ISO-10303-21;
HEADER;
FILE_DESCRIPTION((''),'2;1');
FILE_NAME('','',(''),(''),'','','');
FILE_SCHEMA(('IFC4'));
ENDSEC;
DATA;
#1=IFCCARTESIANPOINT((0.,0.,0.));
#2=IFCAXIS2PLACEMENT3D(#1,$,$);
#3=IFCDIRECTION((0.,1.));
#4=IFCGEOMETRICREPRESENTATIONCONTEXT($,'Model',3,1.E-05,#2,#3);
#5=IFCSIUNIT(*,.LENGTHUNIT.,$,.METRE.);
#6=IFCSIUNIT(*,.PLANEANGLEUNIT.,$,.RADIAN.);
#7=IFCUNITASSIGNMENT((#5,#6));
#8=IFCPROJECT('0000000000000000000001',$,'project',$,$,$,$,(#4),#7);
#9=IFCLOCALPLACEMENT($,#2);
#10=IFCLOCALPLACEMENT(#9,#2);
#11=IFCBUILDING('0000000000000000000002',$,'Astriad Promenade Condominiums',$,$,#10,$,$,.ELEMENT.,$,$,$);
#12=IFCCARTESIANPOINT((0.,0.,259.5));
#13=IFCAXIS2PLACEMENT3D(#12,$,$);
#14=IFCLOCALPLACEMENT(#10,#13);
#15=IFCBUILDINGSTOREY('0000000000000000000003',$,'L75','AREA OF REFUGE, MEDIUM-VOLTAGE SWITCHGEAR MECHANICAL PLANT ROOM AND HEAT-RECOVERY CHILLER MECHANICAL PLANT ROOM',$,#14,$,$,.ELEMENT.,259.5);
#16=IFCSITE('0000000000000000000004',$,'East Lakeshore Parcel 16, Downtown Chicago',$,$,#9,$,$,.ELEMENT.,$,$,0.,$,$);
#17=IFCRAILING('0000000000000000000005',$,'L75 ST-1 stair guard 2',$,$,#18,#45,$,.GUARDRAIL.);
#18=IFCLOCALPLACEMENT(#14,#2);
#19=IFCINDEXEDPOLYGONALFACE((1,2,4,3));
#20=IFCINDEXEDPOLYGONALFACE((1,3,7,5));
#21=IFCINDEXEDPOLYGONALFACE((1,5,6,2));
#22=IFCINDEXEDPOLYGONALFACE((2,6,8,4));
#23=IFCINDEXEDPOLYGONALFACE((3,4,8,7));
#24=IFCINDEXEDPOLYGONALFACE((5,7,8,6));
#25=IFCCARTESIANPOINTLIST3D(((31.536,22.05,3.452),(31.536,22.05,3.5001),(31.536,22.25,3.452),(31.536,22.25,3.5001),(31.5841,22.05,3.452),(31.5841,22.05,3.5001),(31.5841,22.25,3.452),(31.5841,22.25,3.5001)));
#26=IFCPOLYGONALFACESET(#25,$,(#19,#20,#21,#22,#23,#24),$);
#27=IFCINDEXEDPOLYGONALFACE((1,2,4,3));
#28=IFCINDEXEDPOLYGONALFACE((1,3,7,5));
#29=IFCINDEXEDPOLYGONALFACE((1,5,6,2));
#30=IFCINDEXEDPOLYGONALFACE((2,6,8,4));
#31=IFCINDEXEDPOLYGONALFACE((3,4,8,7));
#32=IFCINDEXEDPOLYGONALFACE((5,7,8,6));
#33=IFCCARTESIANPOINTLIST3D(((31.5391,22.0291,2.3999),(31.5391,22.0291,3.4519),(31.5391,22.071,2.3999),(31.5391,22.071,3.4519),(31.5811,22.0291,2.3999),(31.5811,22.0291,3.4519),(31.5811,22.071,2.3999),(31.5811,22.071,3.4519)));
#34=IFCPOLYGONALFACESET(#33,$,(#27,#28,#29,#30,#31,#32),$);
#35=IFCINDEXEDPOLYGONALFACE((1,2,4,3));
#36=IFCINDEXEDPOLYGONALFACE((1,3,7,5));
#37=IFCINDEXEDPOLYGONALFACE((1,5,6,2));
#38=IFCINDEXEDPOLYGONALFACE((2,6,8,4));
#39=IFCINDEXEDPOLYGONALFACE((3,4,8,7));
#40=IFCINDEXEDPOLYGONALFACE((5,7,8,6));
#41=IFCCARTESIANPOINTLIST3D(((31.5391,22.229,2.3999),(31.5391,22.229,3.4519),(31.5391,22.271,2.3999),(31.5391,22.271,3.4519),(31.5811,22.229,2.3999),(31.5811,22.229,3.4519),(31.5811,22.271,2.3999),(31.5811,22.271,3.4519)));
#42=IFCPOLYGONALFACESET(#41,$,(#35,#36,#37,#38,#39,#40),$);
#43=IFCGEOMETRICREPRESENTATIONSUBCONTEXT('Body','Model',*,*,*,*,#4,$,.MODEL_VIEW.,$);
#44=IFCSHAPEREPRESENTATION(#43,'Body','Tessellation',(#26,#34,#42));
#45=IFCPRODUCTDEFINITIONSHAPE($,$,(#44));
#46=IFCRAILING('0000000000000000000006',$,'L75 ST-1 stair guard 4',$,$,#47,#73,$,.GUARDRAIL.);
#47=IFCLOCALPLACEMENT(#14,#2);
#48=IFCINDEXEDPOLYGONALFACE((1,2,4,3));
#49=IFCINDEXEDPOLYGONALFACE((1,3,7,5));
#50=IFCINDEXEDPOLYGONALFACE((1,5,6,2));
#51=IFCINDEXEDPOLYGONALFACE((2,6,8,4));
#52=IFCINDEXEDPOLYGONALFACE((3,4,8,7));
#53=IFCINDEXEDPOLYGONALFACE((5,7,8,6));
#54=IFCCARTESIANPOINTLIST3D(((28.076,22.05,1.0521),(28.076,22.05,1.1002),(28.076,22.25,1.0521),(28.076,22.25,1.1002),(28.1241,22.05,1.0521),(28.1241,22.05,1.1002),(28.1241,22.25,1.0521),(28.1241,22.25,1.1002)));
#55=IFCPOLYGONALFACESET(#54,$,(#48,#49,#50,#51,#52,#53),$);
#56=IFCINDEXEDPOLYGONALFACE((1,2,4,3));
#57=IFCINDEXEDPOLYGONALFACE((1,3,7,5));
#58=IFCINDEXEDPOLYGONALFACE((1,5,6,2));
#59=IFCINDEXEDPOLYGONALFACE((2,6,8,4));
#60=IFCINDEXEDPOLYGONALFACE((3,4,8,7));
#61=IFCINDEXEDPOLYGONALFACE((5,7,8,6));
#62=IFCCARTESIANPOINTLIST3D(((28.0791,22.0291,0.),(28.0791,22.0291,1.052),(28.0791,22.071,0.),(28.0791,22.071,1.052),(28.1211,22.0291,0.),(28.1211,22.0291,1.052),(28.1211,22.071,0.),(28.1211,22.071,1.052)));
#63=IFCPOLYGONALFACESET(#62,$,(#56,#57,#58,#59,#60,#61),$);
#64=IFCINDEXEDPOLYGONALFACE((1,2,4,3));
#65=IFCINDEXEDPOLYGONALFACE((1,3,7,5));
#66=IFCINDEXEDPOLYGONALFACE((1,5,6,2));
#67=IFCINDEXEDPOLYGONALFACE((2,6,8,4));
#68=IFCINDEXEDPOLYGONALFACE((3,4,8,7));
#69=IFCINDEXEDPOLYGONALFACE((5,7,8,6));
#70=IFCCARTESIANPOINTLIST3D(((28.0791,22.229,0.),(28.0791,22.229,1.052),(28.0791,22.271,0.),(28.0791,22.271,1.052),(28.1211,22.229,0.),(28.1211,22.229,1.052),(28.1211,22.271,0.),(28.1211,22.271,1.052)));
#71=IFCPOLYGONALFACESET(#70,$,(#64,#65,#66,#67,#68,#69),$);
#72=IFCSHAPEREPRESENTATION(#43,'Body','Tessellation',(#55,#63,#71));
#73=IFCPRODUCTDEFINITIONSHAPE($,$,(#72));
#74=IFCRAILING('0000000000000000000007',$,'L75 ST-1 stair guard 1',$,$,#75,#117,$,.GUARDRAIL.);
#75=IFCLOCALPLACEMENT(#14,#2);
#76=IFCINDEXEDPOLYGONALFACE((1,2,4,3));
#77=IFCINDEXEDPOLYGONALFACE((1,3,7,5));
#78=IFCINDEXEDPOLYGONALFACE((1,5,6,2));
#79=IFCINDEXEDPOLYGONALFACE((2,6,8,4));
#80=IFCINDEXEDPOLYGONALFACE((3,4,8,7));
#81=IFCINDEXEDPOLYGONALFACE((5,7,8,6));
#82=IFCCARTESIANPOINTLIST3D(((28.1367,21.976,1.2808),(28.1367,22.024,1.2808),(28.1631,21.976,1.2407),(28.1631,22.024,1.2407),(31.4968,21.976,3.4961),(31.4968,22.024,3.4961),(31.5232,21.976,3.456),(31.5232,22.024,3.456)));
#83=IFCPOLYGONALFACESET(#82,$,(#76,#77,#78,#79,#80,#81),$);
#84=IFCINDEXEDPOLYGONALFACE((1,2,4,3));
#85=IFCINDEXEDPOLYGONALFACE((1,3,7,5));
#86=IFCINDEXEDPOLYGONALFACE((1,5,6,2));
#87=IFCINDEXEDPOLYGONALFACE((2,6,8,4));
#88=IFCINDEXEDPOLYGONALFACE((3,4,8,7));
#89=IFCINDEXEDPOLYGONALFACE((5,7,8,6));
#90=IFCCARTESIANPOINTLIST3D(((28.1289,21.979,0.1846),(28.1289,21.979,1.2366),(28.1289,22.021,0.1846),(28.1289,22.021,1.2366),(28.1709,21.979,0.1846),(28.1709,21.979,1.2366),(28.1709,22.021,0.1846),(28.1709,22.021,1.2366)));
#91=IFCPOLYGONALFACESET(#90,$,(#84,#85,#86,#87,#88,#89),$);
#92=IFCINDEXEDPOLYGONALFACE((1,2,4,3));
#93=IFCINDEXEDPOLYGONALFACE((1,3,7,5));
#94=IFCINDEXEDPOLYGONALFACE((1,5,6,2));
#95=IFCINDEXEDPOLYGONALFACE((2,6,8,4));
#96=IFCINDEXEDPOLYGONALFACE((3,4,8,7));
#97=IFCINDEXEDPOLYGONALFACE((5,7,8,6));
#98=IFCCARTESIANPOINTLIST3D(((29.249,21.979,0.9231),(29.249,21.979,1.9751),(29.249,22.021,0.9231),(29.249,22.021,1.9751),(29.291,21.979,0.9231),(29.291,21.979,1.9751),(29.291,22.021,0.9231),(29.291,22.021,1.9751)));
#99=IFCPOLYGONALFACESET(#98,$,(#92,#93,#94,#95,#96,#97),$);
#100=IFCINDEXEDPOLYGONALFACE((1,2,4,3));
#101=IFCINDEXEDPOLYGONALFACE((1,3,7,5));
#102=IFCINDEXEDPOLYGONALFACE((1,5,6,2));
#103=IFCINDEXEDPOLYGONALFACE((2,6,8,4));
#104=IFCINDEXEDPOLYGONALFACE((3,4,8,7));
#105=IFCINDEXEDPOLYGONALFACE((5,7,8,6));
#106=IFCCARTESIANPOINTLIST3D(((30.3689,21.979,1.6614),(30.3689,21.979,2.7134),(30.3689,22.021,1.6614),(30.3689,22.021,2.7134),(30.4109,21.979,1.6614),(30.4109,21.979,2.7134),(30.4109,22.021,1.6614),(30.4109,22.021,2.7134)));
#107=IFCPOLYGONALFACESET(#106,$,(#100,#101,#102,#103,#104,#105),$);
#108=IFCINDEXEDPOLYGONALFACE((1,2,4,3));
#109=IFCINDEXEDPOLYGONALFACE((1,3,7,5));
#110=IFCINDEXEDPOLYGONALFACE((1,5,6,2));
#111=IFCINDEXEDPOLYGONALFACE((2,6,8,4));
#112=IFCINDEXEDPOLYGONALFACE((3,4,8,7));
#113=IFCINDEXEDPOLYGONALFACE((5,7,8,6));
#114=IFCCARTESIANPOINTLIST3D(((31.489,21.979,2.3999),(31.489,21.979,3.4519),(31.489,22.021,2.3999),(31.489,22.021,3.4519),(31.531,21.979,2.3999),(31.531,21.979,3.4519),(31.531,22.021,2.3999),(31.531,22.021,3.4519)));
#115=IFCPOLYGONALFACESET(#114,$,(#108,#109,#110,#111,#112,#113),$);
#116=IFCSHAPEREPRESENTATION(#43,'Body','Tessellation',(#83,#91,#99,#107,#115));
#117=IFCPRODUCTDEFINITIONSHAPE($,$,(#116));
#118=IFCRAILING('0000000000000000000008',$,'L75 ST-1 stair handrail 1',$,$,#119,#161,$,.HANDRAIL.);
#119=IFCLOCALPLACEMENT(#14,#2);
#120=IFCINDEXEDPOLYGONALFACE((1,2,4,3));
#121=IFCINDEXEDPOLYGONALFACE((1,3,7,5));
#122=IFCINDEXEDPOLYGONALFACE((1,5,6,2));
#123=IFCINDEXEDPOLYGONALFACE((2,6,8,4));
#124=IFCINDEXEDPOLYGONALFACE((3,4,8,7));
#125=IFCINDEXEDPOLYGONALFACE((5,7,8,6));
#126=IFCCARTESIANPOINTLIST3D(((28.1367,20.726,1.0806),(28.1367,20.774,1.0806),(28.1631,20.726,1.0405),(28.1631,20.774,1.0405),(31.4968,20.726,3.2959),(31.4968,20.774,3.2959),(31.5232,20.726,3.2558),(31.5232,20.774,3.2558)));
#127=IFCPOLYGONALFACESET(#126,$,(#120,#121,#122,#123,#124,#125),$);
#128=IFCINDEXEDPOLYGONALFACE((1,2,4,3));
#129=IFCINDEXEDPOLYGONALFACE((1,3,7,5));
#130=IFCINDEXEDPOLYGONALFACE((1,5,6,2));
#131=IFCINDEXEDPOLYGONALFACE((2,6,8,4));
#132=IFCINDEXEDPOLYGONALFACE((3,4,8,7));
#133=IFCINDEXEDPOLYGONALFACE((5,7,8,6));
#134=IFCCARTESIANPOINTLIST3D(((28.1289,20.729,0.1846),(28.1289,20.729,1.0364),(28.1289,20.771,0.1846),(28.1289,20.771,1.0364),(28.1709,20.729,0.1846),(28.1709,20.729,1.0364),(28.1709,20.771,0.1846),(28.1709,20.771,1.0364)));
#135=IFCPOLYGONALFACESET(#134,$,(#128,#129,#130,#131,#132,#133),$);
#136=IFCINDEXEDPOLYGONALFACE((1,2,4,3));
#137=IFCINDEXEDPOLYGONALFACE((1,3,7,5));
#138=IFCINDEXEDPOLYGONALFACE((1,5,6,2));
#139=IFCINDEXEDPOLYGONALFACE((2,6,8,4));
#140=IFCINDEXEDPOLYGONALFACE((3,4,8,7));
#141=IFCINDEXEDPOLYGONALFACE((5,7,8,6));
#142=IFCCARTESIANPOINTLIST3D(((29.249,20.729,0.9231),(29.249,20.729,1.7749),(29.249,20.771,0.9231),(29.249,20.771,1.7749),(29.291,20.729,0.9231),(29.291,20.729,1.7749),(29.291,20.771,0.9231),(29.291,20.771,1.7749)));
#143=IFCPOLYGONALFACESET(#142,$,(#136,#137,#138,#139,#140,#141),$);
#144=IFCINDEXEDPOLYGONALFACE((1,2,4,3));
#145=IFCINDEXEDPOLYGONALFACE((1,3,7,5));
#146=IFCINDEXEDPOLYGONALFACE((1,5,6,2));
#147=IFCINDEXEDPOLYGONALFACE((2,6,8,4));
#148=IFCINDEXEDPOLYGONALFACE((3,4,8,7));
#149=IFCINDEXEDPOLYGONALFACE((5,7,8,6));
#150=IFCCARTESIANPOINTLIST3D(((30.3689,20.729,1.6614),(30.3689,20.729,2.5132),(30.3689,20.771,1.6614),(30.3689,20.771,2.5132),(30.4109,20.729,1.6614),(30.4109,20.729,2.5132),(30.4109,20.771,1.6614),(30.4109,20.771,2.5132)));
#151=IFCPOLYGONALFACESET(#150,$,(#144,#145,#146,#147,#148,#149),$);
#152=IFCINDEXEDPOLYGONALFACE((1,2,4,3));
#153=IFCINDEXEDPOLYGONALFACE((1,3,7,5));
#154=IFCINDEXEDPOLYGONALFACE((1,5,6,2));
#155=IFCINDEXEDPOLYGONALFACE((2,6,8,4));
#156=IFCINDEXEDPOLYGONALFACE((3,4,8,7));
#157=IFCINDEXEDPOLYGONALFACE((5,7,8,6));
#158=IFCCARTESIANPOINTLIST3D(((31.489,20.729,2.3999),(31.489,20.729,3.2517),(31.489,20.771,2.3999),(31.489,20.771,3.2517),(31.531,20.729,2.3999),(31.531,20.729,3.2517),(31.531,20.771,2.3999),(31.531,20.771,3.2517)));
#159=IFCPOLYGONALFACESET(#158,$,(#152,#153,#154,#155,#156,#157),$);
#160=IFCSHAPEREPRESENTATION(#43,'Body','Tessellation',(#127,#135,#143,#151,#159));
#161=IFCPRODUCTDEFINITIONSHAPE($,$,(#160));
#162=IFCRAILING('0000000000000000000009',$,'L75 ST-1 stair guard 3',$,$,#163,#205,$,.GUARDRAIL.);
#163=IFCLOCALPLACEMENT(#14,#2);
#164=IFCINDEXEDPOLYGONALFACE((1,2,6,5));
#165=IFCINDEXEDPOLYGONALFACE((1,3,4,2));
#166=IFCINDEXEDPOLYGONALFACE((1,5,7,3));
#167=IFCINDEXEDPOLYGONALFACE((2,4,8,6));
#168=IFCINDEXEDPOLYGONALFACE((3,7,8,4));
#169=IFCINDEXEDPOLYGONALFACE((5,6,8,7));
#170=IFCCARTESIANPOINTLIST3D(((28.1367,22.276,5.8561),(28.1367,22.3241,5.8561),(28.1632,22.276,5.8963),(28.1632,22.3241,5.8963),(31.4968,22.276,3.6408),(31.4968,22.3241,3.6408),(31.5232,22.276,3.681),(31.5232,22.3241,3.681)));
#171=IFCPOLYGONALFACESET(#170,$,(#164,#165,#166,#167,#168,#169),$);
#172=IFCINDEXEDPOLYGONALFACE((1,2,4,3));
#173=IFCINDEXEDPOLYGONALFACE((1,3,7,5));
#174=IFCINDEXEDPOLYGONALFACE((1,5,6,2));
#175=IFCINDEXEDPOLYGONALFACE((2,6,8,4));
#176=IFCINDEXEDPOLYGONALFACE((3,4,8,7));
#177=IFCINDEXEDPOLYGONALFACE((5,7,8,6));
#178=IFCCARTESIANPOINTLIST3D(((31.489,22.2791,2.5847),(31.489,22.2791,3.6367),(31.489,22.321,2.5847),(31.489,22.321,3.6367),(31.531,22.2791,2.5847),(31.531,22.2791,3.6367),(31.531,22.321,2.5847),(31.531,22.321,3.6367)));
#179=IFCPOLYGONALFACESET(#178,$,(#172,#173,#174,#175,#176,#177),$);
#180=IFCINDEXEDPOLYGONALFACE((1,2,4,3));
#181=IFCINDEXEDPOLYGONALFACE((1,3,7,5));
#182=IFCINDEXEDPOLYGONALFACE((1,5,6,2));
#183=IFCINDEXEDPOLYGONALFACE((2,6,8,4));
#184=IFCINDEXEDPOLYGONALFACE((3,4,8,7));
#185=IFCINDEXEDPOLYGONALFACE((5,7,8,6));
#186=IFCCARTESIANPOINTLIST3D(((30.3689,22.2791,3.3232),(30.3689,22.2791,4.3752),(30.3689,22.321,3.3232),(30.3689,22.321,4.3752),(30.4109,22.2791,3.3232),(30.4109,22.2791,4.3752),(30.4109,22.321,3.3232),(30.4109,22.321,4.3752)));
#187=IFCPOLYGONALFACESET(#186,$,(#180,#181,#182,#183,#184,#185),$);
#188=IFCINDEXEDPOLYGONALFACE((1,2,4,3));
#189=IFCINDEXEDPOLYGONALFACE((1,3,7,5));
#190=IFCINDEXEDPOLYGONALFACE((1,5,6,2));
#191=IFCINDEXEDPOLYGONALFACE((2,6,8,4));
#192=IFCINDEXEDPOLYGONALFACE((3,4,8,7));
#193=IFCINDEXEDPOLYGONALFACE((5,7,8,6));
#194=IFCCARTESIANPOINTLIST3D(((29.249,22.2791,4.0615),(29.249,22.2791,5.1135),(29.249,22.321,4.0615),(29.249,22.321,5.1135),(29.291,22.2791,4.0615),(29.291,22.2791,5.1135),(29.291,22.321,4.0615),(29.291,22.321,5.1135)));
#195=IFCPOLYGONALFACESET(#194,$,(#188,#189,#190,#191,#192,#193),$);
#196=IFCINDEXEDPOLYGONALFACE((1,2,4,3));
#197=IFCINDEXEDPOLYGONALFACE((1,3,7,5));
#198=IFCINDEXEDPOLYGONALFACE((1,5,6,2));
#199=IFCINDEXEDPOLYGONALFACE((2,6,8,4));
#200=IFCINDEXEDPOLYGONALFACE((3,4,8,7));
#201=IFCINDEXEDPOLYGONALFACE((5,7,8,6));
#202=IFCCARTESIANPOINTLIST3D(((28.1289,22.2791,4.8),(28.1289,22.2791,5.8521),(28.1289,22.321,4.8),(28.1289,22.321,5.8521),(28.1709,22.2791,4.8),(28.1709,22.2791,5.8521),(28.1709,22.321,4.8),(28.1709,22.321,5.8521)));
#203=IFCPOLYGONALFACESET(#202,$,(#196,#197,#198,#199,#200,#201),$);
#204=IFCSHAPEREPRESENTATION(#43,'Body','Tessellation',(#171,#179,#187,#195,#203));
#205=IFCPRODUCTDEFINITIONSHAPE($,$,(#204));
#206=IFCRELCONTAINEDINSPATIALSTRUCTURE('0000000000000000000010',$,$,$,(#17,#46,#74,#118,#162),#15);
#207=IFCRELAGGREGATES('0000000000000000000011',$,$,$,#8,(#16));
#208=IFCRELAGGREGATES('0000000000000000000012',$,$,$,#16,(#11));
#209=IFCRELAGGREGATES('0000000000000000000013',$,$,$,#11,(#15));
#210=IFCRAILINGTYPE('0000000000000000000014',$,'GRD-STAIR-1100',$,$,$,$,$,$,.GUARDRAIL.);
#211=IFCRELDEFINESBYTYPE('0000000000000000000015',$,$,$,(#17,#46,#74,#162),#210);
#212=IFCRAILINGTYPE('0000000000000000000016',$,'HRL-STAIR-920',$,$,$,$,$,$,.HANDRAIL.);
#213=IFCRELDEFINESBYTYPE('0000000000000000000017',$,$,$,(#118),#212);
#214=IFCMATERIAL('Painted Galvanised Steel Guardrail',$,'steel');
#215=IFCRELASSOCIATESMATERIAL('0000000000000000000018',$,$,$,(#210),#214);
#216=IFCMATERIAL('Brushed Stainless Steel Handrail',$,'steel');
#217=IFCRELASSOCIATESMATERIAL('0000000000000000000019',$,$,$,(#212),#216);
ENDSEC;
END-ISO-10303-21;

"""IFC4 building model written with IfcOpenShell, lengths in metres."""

from ifc_helpers import new_model, si_unit, direction, frame, origin, origin_2d, place, context, subcontext, project, spatial, rectangle, extrude, source, transform, mapped, material, type_object, type_shapes, element, save


model = new_model("IFC4")

# Units and contexts
model_context = context("Model", 3, precision=1e-05, world=origin(), true_north=direction((0.0, 1.0)))
body_context = subcontext(model_context, "Body", "Model", "MODEL_VIEW")
ifc_project = project(units=[si_unit("LENGTHUNIT", "METRE"), si_unit("PLANEANGLEUNIT", "RADIAN")], contexts=[model_context])

# Site, building, storey
site_placement = place(None, origin())
site = spatial("IfcSite", under=ifc_project, at=site_placement, Name="East Lakeshore Parcel 16, Downtown Chicago", CompositionType="ELEMENT", RefElevation=0.0)
building_placement = place(site_placement, origin())
building = spatial("IfcBuilding", under=site, at=building_placement, Name="Astriad Promenade Condominiums", CompositionType="ELEMENT")
storey_placement = place(building_placement, frame((0.0, 0.0, 259.5)))
storey = spatial("IfcBuildingStorey", under=building, at=storey_placement, Name="L75", Description="AREA OF REFUGE, MEDIUM-VOLTAGE SWITCHGEAR MECHANICAL PLANT ROOM AND HEAT-RECOVERY CHILLER MECHANICAL PLANT ROOM", CompositionType="ELEMENT", Elevation=259.5)

# Railings
ifc_material_1 = material(Name="Painted Galvanised Steel Guardrail", Category="steel")
railing_type_1 = type_object("IfcRailingType", Name="GRD-STAIR-1100", PredefinedType="GUARDRAIL", material=ifc_material_1)
shared_shape_1 = source(origin(), body_context, "Body", "SweptSolid", [
    extrude(rectangle(XDim=0.0481, YDim=0.0481, at=origin_2d()), frame((0.0, 0.0, 1.0762), z_axis=(0.0, 1.0, 0.0), x_axis=(-1.0, 0.0, 0.0)), (0.0, 0.0, 1.0), 0.2),
    extrude(rectangle(XDim=0.042, YDim=0.042, at=origin_2d()), origin(), (0.0, 0.0, 1.0), 1.052),
    extrude(rectangle(XDim=0.042, YDim=0.042, at=origin_2d()), frame((0.0, 0.2, 0.0)), (0.0, 0.0, 1.0), 1.052),
])
for number, where, name in (
    (1, (31.5601, 22.05, 2.3999), "L75 ST-1 stair guard 2"),
    (2, (28.1001, 22.05, 0.0), "L75 ST-1 stair guard 4"),
):
    element("IfcRailing", number, at=place(storey_placement, frame(where)), inside=storey, type_object=railing_type_1, Name=name, PredefinedType="GUARDRAIL", context=body_context, shape_type="MappedRepresentation", body=[
        mapped(shared_shape_1, transform((0.0, 0.0, 0.0), scale=1.0)),
    ])
shared_shape_2 = source(origin(), body_context, "Body", "SweptSolid", [
    extrude(rectangle(XDim=0.0481, YDim=0.0481, at=origin_2d()), frame((0.0, 0.0, 1.0762), z_axis=(0.834876, 0.0, 0.550437), x_axis=(0.0, 1.0, 0.0)), (0.0, 0.0, 1.0), 4.0247),
    extrude(rectangle(XDim=0.042, YDim=0.042, at=origin_2d()), origin(), (0.0, 0.0, 1.0), 1.052),
    extrude(rectangle(XDim=0.042, YDim=0.042, at=origin_2d()), frame((1.1201, 0.0, 0.7385)), (0.0, 0.0, 1.0), 1.052),
    extrude(rectangle(XDim=0.042, YDim=0.042, at=origin_2d()), frame((2.24, 0.0, 1.4768)), (0.0, 0.0, 1.0), 1.052),
    extrude(rectangle(XDim=0.042, YDim=0.042, at=origin_2d()), frame((3.3601, 0.0, 2.2153)), (0.0, 0.0, 1.0), 1.052),
])
railing_1_placement = place(storey_placement, frame((28.1499, 22.0, 0.1846)))
element("IfcRailing", 3, at=railing_1_placement, inside=storey, type_object=railing_type_1, Name="L75 ST-1 stair guard 1", PredefinedType="GUARDRAIL", context=body_context, shape_type="MappedRepresentation", body=[
    mapped(shared_shape_2, transform((0.0, 0.0, 0.0), scale=1.0)),
])
ifc_material_2 = material(Name="Brushed Stainless Steel Handrail", Category="steel")
railing_type_2 = type_object("IfcRailingType", Name="HRL-STAIR-920", PredefinedType="HANDRAIL", material=ifc_material_2)
shared_shape_3 = source(origin(), body_context, "Body", "SweptSolid", [
    extrude(rectangle(XDim=0.0481, YDim=0.0481, at=origin_2d()), frame((0.0, 0.0, 0.876), z_axis=(0.834876, 0.0, 0.550437), x_axis=(0.0, 1.0, 0.0)), (0.0, 0.0, 1.0), 4.0247),
    extrude(rectangle(XDim=0.042, YDim=0.042, at=origin_2d()), origin(), (0.0, 0.0, 1.0), 0.8518),
    extrude(rectangle(XDim=0.042, YDim=0.042, at=origin_2d()), frame((1.1201, 0.0, 0.7385)), (0.0, 0.0, 1.0), 0.8518),
    extrude(rectangle(XDim=0.042, YDim=0.042, at=origin_2d()), frame((2.24, 0.0, 1.4768)), (0.0, 0.0, 1.0), 0.8518),
    extrude(rectangle(XDim=0.042, YDim=0.042, at=origin_2d()), frame((3.3601, 0.0, 2.2153)), (0.0, 0.0, 1.0), 0.8518),
])
railing_2_placement = place(storey_placement, frame((28.1499, 20.75, 0.1846)))
element("IfcRailing", 4, at=railing_2_placement, inside=storey, type_object=railing_type_2, Name="L75 ST-1 stair handrail 1", PredefinedType="HANDRAIL", context=body_context, shape_type="MappedRepresentation", body=[
    mapped(shared_shape_3, transform((0.0, 0.0, 0.0), scale=1.0)),
])
shared_shape_4 = source(origin(), body_context, "Body", "SweptSolid", [
    extrude(rectangle(XDim=0.0481, YDim=0.0481, at=origin_2d()), frame((0.0, 0.0, 1.0762), z_axis=(-0.834876, 0.0, 0.550437), x_axis=(0.0, -1.0, 0.0)), (0.0, 0.0, 1.0), 4.0247),
    extrude(rectangle(XDim=0.042, YDim=0.042, at=origin_2d()), origin(), (0.0, 0.0, 1.0), 1.052),
    extrude(rectangle(XDim=0.042, YDim=0.042, at=origin_2d()), frame((-1.1201, 0.0, 0.7385)), (0.0, 0.0, 1.0), 1.052),
    extrude(rectangle(XDim=0.042, YDim=0.042, at=origin_2d()), frame((-2.24, 0.0, 1.4768)), (0.0, 0.0, 1.0), 1.052),
    extrude(rectangle(XDim=0.042, YDim=0.042, at=origin_2d()), frame((-3.3601, 0.0, 2.2153)), (0.0, 0.0, 1.0), 1.052),
])
type_shapes(railing_type_1, [shared_shape_1, shared_shape_2, shared_shape_4])
railing_3_placement = place(storey_placement, frame((31.51, 22.3, 2.5847)))
element("IfcRailing", 5, at=railing_3_placement, inside=storey, type_object=railing_type_1, Name="L75 ST-1 stair guard 3", PredefinedType="GUARDRAIL", context=body_context, shape_type="MappedRepresentation", body=[
    mapped(shared_shape_4, transform((0.0, 0.0, 0.0), scale=1.0)),
])

save(model, "model.ifc")
